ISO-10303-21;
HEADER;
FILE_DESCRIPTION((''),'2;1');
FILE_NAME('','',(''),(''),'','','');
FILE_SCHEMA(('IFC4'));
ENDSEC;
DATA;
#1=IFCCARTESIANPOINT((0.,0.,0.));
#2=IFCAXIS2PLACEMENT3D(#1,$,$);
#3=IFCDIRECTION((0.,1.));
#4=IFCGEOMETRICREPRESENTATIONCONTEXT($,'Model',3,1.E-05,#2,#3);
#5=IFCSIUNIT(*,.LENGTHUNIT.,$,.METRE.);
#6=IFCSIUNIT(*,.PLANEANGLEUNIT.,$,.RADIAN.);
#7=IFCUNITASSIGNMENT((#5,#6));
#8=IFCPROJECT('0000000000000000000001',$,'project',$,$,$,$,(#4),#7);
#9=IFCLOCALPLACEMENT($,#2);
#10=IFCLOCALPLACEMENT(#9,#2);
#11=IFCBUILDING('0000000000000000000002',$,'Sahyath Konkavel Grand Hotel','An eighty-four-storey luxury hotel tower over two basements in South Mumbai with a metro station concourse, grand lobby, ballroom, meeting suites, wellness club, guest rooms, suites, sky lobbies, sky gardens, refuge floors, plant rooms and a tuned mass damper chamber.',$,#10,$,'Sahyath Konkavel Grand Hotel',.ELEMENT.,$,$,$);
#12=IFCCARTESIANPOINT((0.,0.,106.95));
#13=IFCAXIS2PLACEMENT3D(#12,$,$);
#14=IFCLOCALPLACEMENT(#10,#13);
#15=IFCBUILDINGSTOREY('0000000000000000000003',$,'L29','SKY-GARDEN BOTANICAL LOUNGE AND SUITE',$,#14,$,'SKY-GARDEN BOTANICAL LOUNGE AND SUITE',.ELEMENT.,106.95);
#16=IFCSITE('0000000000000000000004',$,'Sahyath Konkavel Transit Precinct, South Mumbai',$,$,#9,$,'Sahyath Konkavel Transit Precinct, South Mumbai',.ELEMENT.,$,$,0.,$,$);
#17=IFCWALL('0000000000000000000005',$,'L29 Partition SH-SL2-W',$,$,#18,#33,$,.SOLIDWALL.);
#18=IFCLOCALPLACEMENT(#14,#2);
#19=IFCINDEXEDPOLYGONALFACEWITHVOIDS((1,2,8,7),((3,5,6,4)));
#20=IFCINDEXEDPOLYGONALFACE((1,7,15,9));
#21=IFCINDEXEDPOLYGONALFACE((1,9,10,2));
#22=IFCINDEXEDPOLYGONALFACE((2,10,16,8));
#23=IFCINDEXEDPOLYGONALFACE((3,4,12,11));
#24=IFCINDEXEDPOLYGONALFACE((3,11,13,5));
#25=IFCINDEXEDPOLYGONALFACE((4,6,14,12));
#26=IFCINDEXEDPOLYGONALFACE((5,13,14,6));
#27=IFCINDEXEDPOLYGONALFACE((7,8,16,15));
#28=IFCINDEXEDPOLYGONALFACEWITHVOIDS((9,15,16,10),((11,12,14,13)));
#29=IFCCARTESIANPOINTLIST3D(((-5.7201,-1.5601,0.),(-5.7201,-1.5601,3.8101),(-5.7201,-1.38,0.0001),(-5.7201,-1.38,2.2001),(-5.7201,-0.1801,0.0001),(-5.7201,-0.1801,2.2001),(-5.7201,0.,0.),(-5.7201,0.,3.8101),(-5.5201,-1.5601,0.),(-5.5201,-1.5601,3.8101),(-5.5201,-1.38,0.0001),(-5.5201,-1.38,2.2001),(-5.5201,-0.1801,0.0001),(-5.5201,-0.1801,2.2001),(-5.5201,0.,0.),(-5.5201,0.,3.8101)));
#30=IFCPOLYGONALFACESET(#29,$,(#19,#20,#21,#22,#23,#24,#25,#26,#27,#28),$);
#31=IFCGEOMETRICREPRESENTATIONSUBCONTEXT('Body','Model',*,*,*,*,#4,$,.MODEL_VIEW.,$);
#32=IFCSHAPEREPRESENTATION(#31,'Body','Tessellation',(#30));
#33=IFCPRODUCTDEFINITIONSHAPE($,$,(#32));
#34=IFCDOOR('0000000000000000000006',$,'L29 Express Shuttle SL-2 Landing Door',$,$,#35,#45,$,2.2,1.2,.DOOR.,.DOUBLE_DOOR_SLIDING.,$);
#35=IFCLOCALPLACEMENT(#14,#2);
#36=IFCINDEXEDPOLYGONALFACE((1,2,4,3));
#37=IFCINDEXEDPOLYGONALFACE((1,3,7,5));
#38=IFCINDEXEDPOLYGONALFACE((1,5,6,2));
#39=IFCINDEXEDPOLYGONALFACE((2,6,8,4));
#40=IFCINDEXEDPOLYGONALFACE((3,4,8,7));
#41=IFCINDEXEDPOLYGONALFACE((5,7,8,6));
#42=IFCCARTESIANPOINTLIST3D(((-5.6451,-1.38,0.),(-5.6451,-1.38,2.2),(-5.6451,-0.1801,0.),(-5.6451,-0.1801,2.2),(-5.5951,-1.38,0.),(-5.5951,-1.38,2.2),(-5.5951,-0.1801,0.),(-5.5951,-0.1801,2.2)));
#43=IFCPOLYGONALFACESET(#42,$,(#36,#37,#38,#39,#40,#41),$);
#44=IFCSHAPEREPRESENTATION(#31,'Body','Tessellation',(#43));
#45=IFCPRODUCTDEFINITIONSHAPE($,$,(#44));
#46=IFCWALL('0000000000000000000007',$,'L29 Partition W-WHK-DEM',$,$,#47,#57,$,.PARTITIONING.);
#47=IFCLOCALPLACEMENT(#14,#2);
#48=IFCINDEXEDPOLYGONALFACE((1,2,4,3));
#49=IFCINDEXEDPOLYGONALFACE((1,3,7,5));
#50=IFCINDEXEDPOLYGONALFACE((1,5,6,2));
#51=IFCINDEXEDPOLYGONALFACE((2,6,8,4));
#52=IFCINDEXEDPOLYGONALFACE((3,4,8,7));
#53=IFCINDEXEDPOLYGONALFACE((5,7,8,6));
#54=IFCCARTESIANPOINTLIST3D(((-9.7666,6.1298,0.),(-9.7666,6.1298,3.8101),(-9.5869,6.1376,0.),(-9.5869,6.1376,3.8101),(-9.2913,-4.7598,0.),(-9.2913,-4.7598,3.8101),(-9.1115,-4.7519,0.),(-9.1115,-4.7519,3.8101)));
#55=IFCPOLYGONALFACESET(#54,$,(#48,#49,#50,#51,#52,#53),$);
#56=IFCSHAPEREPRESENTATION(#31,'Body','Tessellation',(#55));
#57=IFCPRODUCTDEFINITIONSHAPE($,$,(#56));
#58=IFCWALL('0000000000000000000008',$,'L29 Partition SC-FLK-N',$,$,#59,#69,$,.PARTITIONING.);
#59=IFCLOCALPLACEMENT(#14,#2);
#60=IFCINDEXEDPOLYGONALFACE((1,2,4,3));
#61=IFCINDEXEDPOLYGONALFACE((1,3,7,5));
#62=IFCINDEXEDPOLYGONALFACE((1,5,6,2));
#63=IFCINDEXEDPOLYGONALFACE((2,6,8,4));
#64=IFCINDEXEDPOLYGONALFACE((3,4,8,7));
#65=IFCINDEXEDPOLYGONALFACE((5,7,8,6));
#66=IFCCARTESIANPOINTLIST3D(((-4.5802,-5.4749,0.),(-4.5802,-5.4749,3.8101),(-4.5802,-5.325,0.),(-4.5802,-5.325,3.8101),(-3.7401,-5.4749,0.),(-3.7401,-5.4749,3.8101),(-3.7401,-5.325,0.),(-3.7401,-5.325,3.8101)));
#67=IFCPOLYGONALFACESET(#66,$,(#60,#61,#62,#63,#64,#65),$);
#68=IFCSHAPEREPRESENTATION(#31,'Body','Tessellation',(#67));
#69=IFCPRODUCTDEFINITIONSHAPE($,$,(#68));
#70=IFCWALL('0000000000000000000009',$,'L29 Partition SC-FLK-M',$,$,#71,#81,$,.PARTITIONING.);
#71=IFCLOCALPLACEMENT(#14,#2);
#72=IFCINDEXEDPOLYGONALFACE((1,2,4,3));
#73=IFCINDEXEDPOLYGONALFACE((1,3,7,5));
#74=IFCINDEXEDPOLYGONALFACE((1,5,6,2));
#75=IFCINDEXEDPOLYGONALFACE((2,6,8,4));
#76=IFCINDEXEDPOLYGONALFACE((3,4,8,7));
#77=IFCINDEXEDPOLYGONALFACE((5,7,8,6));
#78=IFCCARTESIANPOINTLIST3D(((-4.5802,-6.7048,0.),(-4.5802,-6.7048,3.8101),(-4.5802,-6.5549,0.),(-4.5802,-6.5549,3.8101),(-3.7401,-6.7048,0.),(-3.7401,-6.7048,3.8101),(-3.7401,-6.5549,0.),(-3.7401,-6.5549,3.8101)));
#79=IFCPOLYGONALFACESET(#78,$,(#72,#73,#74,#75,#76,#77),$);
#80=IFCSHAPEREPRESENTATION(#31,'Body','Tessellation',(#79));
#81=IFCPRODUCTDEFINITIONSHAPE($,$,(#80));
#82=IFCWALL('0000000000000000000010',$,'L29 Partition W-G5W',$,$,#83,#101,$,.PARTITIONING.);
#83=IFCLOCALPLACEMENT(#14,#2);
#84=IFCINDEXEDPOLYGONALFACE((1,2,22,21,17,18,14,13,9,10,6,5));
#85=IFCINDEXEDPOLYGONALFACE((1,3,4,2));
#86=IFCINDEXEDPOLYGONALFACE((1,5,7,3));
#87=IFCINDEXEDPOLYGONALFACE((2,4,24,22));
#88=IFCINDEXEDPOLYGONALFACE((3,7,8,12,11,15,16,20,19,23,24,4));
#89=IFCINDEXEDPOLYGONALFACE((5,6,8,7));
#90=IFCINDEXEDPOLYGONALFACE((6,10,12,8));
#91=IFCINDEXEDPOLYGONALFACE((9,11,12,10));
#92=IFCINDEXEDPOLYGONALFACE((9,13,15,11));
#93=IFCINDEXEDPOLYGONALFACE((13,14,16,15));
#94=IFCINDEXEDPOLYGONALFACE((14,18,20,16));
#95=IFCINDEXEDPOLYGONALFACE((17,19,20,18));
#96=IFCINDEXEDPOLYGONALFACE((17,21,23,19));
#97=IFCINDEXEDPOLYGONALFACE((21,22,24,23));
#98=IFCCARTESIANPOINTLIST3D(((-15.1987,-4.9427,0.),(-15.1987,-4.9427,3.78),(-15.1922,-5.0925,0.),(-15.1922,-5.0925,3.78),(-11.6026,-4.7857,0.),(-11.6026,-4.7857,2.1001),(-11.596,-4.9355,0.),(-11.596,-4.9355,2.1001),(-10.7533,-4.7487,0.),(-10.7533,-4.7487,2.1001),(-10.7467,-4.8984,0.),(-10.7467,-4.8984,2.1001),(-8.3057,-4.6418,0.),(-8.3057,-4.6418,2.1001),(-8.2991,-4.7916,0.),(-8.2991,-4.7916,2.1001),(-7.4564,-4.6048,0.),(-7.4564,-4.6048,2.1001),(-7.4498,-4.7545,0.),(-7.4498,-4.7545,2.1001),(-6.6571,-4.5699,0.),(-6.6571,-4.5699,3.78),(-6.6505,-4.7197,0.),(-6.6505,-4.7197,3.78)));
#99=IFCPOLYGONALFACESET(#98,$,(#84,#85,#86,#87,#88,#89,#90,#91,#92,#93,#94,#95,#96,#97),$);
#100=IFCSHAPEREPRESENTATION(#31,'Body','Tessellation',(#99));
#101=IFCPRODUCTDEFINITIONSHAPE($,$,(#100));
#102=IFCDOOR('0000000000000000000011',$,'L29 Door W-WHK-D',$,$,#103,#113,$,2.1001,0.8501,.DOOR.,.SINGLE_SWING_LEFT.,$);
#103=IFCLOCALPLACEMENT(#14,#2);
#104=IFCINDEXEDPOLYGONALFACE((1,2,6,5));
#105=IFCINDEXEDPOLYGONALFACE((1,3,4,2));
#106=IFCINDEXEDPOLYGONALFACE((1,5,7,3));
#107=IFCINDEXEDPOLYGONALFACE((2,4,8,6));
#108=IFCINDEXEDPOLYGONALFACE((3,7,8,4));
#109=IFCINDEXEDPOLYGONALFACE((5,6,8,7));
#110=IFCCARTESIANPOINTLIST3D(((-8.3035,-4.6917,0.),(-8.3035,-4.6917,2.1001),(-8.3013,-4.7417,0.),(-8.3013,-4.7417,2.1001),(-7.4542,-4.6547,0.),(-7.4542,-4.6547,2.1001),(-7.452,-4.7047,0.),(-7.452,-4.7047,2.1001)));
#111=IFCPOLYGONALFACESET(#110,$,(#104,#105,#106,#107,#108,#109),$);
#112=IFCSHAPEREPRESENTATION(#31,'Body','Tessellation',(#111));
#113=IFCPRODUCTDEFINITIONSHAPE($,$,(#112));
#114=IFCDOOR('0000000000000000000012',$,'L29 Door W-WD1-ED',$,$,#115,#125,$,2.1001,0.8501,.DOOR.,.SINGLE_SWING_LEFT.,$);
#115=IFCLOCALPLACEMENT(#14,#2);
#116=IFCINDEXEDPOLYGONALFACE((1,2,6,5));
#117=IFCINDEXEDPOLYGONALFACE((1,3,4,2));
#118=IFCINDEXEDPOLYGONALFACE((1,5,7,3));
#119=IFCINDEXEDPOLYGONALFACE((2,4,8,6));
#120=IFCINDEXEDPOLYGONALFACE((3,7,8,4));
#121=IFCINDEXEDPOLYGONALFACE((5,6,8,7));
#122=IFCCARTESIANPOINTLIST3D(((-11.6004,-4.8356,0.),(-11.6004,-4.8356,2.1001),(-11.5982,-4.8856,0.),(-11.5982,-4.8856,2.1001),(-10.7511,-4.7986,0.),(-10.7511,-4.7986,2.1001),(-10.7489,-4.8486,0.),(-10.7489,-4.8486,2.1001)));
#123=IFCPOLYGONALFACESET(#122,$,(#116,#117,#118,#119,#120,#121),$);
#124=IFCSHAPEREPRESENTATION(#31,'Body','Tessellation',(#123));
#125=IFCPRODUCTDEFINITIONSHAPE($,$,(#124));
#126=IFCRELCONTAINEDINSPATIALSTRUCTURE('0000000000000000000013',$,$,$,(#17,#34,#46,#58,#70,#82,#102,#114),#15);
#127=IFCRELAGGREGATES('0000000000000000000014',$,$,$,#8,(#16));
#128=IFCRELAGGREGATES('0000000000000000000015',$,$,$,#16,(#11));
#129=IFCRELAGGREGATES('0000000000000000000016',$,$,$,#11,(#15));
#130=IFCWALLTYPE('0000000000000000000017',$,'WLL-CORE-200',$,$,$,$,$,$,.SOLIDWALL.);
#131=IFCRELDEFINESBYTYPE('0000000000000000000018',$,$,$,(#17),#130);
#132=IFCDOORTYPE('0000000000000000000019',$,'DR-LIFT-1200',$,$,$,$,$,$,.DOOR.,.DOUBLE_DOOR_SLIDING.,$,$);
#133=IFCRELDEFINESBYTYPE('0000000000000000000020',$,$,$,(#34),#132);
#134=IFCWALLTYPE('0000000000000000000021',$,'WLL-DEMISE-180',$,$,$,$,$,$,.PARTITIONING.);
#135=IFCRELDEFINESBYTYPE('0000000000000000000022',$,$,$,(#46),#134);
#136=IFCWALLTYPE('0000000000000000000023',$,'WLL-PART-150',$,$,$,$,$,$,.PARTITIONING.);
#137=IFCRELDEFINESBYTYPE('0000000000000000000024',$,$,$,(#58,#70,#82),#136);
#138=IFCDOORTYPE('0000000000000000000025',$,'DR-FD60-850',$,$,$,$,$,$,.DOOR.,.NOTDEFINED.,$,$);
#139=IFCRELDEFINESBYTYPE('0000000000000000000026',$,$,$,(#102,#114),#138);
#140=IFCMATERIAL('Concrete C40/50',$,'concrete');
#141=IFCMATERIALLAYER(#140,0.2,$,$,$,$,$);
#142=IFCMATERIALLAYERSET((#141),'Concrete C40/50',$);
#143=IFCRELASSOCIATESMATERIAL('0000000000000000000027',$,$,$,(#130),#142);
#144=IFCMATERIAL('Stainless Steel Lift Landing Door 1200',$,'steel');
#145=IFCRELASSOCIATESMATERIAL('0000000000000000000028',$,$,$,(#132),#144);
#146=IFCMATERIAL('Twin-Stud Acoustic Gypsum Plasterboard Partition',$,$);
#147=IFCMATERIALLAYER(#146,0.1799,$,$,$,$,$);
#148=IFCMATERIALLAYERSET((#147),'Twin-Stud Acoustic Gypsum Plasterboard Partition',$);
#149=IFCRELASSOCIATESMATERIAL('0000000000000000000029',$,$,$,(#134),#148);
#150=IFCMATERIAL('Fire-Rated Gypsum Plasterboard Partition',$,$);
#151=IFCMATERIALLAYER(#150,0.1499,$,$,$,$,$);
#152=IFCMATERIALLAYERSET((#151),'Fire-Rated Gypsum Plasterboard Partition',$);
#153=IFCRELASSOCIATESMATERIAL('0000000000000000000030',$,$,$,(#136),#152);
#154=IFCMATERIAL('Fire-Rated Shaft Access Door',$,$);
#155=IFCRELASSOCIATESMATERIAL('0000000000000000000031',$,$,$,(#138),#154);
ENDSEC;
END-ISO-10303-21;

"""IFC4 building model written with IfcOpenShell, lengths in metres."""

from ifc_helpers import new_model, si_unit, direction, frame, frame_2d, origin, origin_2d, place, context, subcontext, project, spatial, rectangle, extrude, source, transform, mapped, material, layer, layer_set, type_object, element, fill, save


model = new_model("IFC4")

# Units and contexts
model_context = context("Model", 3, precision=1e-05, world=origin(), true_north=direction((0.0, 1.0)))
body_context = subcontext(model_context, "Body", "Model", "MODEL_VIEW")
ifc_project = project(units=[si_unit("LENGTHUNIT", "METRE"), si_unit("PLANEANGLEUNIT", "RADIAN")], contexts=[model_context])

# Site, building, storey
site_placement = place(None, origin())
site = spatial("IfcSite", under=ifc_project, at=site_placement, Name="Sahyath Konkavel Transit Precinct, South Mumbai", LongName="Sahyath Konkavel Transit Precinct, South Mumbai", CompositionType="ELEMENT", RefElevation=0.0)
building_placement = place(site_placement, origin())
building = spatial("IfcBuilding", under=site, at=building_placement, Name="Sahyath Konkavel Grand Hotel", Description="An eighty-four-storey luxury hotel tower over two basements in South Mumbai with a metro station concourse, grand lobby, ballroom, meeting suites, wellness club, guest rooms, suites, sky lobbies, sky gardens, refuge floors, plant rooms and a tuned mass damper chamber.", LongName="Sahyath Konkavel Grand Hotel", CompositionType="ELEMENT")
storey_placement = place(building_placement, frame((0.0, 0.0, 106.95)))
storey = spatial("IfcBuildingStorey", under=building, at=storey_placement, Name="L29", Description="SKY-GARDEN BOTANICAL LOUNGE AND SUITE", LongName="SKY-GARDEN BOTANICAL LOUNGE AND SUITE", CompositionType="ELEMENT", Elevation=106.95)

# Shared definitions
ifc_material_1 = material(Name="Concrete C40/50", Category="concrete")
ifc_layer_1 = layer(ifc_material_1, 0.2)
ifc_layer_set_1 = layer_set([ifc_layer_1], Name="Concrete C40/50")
wall_type_1 = type_object("IfcWallType", Name="WLL-CORE-200", PredefinedType="SOLIDWALL", material=ifc_layer_set_1)

# Shared definitions
ifc_material_2 = material(Name="Stainless Steel Lift Landing Door 1200", Category="steel")
door_type_1 = type_object("IfcDoorType", Name="DR-LIFT-1200", OperationType="DOUBLE_DOOR_SLIDING", PredefinedType="DOOR", material=ifc_material_2)
shared_shape_1 = source(origin(), body_context, "Body", "SweptSolid", [
    extrude(rectangle(XDim=1.2, YDim=0.05, at=origin_2d()), origin(), (0.0, 0.0, 1.0), 2.2),
])

# Wall, opening, door
wall_1_placement = place(storey_placement, frame((-5.6201, -1.5601, 0.0), z_axis=(0.0, 0.0, 1.0), x_axis=(0.0, 1.0, 0.0)))
wall_1 = element("IfcWall", 1, at=wall_1_placement, inside=storey, type_object=wall_type_1, Name="L29 Partition SH-SL2-W", PredefinedType="SOLIDWALL", context=body_context, shape_type="SweptSolid", body=[
    extrude(rectangle(XDim=1.5601, YDim=0.2, at=frame_2d((0.78, 0.0))), origin(), (0.0, 0.0, 1.0), 3.8101),
])
opening_1_placement = place(wall_1_placement, frame((0.1799, 0.0, 0.0)))
opening_1 = element("IfcOpeningElement", 2, at=opening_1_placement, cuts=wall_1, PredefinedType="OPENING", context=body_context, shape_type="SweptSolid", body=[
    extrude(rectangle(XDim=1.2, YDim=2.2, at=frame_2d((0.6001, 1.1001))), frame((0.0, 0.1099, 0.0), z_axis=(0.0, -1.0, 0.0), x_axis=(1.0, 0.0, 0.0)), (0.0, 0.0, 1.0), 0.22),
])
door_1_placement = place(opening_1_placement, frame((0.6001, 0.0, 0.0)))
door_1 = element("IfcDoor", 3, at=door_1_placement, inside=storey, type_object=door_type_1, Name="L29 Express Shuttle SL-2 Landing Door", OperationType="DOUBLE_DOOR_SLIDING", OverallHeight=2.2, OverallWidth=1.2, PredefinedType="DOOR", context=body_context, shape_type="MappedRepresentation", body=[
    mapped(shared_shape_1, transform((0.0, 0.0, 0.0), scale=1.0)),
])
fill(opening_1, door_1)

# Walls
ifc_material_3 = material(Name="Twin-Stud Acoustic Gypsum Plasterboard Partition")
ifc_layer_2 = layer(ifc_material_3, 0.1799)
ifc_layer_set_2 = layer_set([ifc_layer_2], Name="Twin-Stud Acoustic Gypsum Plasterboard Partition")
wall_type_2 = type_object("IfcWallType", Name="WLL-DEMISE-180", PredefinedType="PARTITIONING", material=ifc_layer_set_2)
wall_2_placement = place(storey_placement, frame((-9.2014, -4.7559, 0.0), z_axis=(0.0, 0.0, 1.0), x_axis=(-0.043609, 0.999049, 0.0)))
element("IfcWall", 4, at=wall_2_placement, inside=storey, type_object=wall_type_2, Name="L29 Partition W-WHK-DEM", PredefinedType="PARTITIONING", context=body_context, shape_type="SweptSolid", body=[
    extrude(rectangle(XDim=10.8999, YDim=0.1799, at=frame_2d((5.45, 0.0))), origin(), (0.0, 0.0, 1.0), 3.8101),
])
ifc_material_4 = material(Name="Fire-Rated Gypsum Plasterboard Partition")
ifc_layer_3 = layer(ifc_material_4, 0.1499)
ifc_layer_set_3 = layer_set([ifc_layer_3], Name="Fire-Rated Gypsum Plasterboard Partition")
wall_type_3 = type_object("IfcWallType", Name="WLL-PART-150", PredefinedType="PARTITIONING", material=ifc_layer_set_3)
for number, where, z_axis, x_axis, name in (
    (5, (-4.5801, -5.3999, 0.0), (0.0, 0.0, 1.0), (1.0, 0.0, 0.0), "L29 Partition SC-FLK-N"),
    (6, (-4.5801, -6.6299, 0.0), (0.0, 0.0, 1.0), (1.0, 0.0, 0.0), "L29 Partition SC-FLK-M"),
):
    element("IfcWall", number, at=place(storey_placement, frame(where, z_axis=z_axis, x_axis=x_axis)), inside=storey, type_object=wall_type_3, Name=name, PredefinedType="PARTITIONING", context=body_context, shape_type="SweptSolid", body=[
        extrude(rectangle(XDim=0.8401, YDim=0.1499, at=frame_2d((0.4199, 0.0))), origin(), (0.0, 0.0, 1.0), 3.8101),
    ])

# Wall, openings, doors
wall_3_placement = place(storey_placement, frame((-6.6538, -4.6448, 0.0), z_axis=(0.0, 0.0, 1.0), x_axis=(-0.999049, -0.043603, 0.0)))
wall_3 = element("IfcWall", 7, at=wall_3_placement, inside=storey, type_object=wall_type_3, Name="L29 Partition W-G5W", PredefinedType="PARTITIONING", context=body_context, shape_type="SweptSolid", body=[
    extrude(rectangle(XDim=8.5498, YDim=0.1499, at=frame_2d((4.2749, 0.0))), origin(), (0.0, 0.0, 1.0), 3.78),
])
opening_2_placement = place(wall_3_placement, frame((0.8, 0.0, 0.0)))
opening_2 = element("IfcOpeningElement", 8, at=opening_2_placement, cuts=wall_3, PredefinedType="OPENING", context=body_context, shape_type="SweptSolid", body=[
    extrude(rectangle(XDim=0.8501, YDim=2.1001, at=frame_2d((0.425, 1.05))), frame((0.0, 0.085, 0.0), z_axis=(0.0, -1.0, 0.0), x_axis=(1.0, 0.0, 0.0)), (0.0, 0.0, 1.0), 0.1699),
])
opening_3_placement = place(wall_3_placement, frame((4.1001, 0.0, 0.0)))
opening_3 = element("IfcOpeningElement", 9, at=opening_3_placement, cuts=wall_3, PredefinedType="OPENING", context=body_context, shape_type="SweptSolid", body=[
    extrude(rectangle(XDim=0.8501, YDim=2.1001, at=frame_2d((0.425, 1.05))), frame((0.0, 0.085, 0.0), z_axis=(0.0, -1.0, 0.0), x_axis=(1.0, 0.0, 0.0)), (0.0, 0.0, 1.0), 0.1699),
])
ifc_material_5 = material(Name="Fire-Rated Shaft Access Door")
door_type_2 = type_object("IfcDoorType", Name="DR-FD60-850", OperationType="NOTDEFINED", PredefinedType="DOOR", material=ifc_material_5)
shared_shape_2 = source(origin(), body_context, "Body", "SweptSolid", [
    extrude(rectangle(XDim=0.8501, YDim=0.05, at=origin_2d()), origin(), (0.0, 0.0, 1.0), 2.1001),
])
door_2_placement = place(opening_2_placement, frame((0.425, 0.0, 0.0)))
door_2 = element("IfcDoor", 10, at=door_2_placement, inside=storey, type_object=door_type_2, Name="L29 Door W-WHK-D", OperationType="SINGLE_SWING_LEFT", OverallHeight=2.1001, OverallWidth=0.8501, PredefinedType="DOOR", context=body_context, shape_type="MappedRepresentation", body=[
    mapped(shared_shape_2, transform((0.0, 0.0, 0.0), scale=1.0)),
])
fill(opening_2, door_2)
door_3_placement = place(opening_3_placement, frame((0.425, 0.0, 0.0)))
door_3 = element("IfcDoor", 11, at=door_3_placement, inside=storey, type_object=door_type_2, Name="L29 Door W-WD1-ED", OperationType="SINGLE_SWING_LEFT", OverallHeight=2.1001, OverallWidth=0.8501, PredefinedType="DOOR", context=body_context, shape_type="MappedRepresentation", body=[
    mapped(shared_shape_2, transform((0.0, 0.0, 0.0), scale=1.0)),
])
fill(opening_3, door_3)

save(model, "model.ifc")
